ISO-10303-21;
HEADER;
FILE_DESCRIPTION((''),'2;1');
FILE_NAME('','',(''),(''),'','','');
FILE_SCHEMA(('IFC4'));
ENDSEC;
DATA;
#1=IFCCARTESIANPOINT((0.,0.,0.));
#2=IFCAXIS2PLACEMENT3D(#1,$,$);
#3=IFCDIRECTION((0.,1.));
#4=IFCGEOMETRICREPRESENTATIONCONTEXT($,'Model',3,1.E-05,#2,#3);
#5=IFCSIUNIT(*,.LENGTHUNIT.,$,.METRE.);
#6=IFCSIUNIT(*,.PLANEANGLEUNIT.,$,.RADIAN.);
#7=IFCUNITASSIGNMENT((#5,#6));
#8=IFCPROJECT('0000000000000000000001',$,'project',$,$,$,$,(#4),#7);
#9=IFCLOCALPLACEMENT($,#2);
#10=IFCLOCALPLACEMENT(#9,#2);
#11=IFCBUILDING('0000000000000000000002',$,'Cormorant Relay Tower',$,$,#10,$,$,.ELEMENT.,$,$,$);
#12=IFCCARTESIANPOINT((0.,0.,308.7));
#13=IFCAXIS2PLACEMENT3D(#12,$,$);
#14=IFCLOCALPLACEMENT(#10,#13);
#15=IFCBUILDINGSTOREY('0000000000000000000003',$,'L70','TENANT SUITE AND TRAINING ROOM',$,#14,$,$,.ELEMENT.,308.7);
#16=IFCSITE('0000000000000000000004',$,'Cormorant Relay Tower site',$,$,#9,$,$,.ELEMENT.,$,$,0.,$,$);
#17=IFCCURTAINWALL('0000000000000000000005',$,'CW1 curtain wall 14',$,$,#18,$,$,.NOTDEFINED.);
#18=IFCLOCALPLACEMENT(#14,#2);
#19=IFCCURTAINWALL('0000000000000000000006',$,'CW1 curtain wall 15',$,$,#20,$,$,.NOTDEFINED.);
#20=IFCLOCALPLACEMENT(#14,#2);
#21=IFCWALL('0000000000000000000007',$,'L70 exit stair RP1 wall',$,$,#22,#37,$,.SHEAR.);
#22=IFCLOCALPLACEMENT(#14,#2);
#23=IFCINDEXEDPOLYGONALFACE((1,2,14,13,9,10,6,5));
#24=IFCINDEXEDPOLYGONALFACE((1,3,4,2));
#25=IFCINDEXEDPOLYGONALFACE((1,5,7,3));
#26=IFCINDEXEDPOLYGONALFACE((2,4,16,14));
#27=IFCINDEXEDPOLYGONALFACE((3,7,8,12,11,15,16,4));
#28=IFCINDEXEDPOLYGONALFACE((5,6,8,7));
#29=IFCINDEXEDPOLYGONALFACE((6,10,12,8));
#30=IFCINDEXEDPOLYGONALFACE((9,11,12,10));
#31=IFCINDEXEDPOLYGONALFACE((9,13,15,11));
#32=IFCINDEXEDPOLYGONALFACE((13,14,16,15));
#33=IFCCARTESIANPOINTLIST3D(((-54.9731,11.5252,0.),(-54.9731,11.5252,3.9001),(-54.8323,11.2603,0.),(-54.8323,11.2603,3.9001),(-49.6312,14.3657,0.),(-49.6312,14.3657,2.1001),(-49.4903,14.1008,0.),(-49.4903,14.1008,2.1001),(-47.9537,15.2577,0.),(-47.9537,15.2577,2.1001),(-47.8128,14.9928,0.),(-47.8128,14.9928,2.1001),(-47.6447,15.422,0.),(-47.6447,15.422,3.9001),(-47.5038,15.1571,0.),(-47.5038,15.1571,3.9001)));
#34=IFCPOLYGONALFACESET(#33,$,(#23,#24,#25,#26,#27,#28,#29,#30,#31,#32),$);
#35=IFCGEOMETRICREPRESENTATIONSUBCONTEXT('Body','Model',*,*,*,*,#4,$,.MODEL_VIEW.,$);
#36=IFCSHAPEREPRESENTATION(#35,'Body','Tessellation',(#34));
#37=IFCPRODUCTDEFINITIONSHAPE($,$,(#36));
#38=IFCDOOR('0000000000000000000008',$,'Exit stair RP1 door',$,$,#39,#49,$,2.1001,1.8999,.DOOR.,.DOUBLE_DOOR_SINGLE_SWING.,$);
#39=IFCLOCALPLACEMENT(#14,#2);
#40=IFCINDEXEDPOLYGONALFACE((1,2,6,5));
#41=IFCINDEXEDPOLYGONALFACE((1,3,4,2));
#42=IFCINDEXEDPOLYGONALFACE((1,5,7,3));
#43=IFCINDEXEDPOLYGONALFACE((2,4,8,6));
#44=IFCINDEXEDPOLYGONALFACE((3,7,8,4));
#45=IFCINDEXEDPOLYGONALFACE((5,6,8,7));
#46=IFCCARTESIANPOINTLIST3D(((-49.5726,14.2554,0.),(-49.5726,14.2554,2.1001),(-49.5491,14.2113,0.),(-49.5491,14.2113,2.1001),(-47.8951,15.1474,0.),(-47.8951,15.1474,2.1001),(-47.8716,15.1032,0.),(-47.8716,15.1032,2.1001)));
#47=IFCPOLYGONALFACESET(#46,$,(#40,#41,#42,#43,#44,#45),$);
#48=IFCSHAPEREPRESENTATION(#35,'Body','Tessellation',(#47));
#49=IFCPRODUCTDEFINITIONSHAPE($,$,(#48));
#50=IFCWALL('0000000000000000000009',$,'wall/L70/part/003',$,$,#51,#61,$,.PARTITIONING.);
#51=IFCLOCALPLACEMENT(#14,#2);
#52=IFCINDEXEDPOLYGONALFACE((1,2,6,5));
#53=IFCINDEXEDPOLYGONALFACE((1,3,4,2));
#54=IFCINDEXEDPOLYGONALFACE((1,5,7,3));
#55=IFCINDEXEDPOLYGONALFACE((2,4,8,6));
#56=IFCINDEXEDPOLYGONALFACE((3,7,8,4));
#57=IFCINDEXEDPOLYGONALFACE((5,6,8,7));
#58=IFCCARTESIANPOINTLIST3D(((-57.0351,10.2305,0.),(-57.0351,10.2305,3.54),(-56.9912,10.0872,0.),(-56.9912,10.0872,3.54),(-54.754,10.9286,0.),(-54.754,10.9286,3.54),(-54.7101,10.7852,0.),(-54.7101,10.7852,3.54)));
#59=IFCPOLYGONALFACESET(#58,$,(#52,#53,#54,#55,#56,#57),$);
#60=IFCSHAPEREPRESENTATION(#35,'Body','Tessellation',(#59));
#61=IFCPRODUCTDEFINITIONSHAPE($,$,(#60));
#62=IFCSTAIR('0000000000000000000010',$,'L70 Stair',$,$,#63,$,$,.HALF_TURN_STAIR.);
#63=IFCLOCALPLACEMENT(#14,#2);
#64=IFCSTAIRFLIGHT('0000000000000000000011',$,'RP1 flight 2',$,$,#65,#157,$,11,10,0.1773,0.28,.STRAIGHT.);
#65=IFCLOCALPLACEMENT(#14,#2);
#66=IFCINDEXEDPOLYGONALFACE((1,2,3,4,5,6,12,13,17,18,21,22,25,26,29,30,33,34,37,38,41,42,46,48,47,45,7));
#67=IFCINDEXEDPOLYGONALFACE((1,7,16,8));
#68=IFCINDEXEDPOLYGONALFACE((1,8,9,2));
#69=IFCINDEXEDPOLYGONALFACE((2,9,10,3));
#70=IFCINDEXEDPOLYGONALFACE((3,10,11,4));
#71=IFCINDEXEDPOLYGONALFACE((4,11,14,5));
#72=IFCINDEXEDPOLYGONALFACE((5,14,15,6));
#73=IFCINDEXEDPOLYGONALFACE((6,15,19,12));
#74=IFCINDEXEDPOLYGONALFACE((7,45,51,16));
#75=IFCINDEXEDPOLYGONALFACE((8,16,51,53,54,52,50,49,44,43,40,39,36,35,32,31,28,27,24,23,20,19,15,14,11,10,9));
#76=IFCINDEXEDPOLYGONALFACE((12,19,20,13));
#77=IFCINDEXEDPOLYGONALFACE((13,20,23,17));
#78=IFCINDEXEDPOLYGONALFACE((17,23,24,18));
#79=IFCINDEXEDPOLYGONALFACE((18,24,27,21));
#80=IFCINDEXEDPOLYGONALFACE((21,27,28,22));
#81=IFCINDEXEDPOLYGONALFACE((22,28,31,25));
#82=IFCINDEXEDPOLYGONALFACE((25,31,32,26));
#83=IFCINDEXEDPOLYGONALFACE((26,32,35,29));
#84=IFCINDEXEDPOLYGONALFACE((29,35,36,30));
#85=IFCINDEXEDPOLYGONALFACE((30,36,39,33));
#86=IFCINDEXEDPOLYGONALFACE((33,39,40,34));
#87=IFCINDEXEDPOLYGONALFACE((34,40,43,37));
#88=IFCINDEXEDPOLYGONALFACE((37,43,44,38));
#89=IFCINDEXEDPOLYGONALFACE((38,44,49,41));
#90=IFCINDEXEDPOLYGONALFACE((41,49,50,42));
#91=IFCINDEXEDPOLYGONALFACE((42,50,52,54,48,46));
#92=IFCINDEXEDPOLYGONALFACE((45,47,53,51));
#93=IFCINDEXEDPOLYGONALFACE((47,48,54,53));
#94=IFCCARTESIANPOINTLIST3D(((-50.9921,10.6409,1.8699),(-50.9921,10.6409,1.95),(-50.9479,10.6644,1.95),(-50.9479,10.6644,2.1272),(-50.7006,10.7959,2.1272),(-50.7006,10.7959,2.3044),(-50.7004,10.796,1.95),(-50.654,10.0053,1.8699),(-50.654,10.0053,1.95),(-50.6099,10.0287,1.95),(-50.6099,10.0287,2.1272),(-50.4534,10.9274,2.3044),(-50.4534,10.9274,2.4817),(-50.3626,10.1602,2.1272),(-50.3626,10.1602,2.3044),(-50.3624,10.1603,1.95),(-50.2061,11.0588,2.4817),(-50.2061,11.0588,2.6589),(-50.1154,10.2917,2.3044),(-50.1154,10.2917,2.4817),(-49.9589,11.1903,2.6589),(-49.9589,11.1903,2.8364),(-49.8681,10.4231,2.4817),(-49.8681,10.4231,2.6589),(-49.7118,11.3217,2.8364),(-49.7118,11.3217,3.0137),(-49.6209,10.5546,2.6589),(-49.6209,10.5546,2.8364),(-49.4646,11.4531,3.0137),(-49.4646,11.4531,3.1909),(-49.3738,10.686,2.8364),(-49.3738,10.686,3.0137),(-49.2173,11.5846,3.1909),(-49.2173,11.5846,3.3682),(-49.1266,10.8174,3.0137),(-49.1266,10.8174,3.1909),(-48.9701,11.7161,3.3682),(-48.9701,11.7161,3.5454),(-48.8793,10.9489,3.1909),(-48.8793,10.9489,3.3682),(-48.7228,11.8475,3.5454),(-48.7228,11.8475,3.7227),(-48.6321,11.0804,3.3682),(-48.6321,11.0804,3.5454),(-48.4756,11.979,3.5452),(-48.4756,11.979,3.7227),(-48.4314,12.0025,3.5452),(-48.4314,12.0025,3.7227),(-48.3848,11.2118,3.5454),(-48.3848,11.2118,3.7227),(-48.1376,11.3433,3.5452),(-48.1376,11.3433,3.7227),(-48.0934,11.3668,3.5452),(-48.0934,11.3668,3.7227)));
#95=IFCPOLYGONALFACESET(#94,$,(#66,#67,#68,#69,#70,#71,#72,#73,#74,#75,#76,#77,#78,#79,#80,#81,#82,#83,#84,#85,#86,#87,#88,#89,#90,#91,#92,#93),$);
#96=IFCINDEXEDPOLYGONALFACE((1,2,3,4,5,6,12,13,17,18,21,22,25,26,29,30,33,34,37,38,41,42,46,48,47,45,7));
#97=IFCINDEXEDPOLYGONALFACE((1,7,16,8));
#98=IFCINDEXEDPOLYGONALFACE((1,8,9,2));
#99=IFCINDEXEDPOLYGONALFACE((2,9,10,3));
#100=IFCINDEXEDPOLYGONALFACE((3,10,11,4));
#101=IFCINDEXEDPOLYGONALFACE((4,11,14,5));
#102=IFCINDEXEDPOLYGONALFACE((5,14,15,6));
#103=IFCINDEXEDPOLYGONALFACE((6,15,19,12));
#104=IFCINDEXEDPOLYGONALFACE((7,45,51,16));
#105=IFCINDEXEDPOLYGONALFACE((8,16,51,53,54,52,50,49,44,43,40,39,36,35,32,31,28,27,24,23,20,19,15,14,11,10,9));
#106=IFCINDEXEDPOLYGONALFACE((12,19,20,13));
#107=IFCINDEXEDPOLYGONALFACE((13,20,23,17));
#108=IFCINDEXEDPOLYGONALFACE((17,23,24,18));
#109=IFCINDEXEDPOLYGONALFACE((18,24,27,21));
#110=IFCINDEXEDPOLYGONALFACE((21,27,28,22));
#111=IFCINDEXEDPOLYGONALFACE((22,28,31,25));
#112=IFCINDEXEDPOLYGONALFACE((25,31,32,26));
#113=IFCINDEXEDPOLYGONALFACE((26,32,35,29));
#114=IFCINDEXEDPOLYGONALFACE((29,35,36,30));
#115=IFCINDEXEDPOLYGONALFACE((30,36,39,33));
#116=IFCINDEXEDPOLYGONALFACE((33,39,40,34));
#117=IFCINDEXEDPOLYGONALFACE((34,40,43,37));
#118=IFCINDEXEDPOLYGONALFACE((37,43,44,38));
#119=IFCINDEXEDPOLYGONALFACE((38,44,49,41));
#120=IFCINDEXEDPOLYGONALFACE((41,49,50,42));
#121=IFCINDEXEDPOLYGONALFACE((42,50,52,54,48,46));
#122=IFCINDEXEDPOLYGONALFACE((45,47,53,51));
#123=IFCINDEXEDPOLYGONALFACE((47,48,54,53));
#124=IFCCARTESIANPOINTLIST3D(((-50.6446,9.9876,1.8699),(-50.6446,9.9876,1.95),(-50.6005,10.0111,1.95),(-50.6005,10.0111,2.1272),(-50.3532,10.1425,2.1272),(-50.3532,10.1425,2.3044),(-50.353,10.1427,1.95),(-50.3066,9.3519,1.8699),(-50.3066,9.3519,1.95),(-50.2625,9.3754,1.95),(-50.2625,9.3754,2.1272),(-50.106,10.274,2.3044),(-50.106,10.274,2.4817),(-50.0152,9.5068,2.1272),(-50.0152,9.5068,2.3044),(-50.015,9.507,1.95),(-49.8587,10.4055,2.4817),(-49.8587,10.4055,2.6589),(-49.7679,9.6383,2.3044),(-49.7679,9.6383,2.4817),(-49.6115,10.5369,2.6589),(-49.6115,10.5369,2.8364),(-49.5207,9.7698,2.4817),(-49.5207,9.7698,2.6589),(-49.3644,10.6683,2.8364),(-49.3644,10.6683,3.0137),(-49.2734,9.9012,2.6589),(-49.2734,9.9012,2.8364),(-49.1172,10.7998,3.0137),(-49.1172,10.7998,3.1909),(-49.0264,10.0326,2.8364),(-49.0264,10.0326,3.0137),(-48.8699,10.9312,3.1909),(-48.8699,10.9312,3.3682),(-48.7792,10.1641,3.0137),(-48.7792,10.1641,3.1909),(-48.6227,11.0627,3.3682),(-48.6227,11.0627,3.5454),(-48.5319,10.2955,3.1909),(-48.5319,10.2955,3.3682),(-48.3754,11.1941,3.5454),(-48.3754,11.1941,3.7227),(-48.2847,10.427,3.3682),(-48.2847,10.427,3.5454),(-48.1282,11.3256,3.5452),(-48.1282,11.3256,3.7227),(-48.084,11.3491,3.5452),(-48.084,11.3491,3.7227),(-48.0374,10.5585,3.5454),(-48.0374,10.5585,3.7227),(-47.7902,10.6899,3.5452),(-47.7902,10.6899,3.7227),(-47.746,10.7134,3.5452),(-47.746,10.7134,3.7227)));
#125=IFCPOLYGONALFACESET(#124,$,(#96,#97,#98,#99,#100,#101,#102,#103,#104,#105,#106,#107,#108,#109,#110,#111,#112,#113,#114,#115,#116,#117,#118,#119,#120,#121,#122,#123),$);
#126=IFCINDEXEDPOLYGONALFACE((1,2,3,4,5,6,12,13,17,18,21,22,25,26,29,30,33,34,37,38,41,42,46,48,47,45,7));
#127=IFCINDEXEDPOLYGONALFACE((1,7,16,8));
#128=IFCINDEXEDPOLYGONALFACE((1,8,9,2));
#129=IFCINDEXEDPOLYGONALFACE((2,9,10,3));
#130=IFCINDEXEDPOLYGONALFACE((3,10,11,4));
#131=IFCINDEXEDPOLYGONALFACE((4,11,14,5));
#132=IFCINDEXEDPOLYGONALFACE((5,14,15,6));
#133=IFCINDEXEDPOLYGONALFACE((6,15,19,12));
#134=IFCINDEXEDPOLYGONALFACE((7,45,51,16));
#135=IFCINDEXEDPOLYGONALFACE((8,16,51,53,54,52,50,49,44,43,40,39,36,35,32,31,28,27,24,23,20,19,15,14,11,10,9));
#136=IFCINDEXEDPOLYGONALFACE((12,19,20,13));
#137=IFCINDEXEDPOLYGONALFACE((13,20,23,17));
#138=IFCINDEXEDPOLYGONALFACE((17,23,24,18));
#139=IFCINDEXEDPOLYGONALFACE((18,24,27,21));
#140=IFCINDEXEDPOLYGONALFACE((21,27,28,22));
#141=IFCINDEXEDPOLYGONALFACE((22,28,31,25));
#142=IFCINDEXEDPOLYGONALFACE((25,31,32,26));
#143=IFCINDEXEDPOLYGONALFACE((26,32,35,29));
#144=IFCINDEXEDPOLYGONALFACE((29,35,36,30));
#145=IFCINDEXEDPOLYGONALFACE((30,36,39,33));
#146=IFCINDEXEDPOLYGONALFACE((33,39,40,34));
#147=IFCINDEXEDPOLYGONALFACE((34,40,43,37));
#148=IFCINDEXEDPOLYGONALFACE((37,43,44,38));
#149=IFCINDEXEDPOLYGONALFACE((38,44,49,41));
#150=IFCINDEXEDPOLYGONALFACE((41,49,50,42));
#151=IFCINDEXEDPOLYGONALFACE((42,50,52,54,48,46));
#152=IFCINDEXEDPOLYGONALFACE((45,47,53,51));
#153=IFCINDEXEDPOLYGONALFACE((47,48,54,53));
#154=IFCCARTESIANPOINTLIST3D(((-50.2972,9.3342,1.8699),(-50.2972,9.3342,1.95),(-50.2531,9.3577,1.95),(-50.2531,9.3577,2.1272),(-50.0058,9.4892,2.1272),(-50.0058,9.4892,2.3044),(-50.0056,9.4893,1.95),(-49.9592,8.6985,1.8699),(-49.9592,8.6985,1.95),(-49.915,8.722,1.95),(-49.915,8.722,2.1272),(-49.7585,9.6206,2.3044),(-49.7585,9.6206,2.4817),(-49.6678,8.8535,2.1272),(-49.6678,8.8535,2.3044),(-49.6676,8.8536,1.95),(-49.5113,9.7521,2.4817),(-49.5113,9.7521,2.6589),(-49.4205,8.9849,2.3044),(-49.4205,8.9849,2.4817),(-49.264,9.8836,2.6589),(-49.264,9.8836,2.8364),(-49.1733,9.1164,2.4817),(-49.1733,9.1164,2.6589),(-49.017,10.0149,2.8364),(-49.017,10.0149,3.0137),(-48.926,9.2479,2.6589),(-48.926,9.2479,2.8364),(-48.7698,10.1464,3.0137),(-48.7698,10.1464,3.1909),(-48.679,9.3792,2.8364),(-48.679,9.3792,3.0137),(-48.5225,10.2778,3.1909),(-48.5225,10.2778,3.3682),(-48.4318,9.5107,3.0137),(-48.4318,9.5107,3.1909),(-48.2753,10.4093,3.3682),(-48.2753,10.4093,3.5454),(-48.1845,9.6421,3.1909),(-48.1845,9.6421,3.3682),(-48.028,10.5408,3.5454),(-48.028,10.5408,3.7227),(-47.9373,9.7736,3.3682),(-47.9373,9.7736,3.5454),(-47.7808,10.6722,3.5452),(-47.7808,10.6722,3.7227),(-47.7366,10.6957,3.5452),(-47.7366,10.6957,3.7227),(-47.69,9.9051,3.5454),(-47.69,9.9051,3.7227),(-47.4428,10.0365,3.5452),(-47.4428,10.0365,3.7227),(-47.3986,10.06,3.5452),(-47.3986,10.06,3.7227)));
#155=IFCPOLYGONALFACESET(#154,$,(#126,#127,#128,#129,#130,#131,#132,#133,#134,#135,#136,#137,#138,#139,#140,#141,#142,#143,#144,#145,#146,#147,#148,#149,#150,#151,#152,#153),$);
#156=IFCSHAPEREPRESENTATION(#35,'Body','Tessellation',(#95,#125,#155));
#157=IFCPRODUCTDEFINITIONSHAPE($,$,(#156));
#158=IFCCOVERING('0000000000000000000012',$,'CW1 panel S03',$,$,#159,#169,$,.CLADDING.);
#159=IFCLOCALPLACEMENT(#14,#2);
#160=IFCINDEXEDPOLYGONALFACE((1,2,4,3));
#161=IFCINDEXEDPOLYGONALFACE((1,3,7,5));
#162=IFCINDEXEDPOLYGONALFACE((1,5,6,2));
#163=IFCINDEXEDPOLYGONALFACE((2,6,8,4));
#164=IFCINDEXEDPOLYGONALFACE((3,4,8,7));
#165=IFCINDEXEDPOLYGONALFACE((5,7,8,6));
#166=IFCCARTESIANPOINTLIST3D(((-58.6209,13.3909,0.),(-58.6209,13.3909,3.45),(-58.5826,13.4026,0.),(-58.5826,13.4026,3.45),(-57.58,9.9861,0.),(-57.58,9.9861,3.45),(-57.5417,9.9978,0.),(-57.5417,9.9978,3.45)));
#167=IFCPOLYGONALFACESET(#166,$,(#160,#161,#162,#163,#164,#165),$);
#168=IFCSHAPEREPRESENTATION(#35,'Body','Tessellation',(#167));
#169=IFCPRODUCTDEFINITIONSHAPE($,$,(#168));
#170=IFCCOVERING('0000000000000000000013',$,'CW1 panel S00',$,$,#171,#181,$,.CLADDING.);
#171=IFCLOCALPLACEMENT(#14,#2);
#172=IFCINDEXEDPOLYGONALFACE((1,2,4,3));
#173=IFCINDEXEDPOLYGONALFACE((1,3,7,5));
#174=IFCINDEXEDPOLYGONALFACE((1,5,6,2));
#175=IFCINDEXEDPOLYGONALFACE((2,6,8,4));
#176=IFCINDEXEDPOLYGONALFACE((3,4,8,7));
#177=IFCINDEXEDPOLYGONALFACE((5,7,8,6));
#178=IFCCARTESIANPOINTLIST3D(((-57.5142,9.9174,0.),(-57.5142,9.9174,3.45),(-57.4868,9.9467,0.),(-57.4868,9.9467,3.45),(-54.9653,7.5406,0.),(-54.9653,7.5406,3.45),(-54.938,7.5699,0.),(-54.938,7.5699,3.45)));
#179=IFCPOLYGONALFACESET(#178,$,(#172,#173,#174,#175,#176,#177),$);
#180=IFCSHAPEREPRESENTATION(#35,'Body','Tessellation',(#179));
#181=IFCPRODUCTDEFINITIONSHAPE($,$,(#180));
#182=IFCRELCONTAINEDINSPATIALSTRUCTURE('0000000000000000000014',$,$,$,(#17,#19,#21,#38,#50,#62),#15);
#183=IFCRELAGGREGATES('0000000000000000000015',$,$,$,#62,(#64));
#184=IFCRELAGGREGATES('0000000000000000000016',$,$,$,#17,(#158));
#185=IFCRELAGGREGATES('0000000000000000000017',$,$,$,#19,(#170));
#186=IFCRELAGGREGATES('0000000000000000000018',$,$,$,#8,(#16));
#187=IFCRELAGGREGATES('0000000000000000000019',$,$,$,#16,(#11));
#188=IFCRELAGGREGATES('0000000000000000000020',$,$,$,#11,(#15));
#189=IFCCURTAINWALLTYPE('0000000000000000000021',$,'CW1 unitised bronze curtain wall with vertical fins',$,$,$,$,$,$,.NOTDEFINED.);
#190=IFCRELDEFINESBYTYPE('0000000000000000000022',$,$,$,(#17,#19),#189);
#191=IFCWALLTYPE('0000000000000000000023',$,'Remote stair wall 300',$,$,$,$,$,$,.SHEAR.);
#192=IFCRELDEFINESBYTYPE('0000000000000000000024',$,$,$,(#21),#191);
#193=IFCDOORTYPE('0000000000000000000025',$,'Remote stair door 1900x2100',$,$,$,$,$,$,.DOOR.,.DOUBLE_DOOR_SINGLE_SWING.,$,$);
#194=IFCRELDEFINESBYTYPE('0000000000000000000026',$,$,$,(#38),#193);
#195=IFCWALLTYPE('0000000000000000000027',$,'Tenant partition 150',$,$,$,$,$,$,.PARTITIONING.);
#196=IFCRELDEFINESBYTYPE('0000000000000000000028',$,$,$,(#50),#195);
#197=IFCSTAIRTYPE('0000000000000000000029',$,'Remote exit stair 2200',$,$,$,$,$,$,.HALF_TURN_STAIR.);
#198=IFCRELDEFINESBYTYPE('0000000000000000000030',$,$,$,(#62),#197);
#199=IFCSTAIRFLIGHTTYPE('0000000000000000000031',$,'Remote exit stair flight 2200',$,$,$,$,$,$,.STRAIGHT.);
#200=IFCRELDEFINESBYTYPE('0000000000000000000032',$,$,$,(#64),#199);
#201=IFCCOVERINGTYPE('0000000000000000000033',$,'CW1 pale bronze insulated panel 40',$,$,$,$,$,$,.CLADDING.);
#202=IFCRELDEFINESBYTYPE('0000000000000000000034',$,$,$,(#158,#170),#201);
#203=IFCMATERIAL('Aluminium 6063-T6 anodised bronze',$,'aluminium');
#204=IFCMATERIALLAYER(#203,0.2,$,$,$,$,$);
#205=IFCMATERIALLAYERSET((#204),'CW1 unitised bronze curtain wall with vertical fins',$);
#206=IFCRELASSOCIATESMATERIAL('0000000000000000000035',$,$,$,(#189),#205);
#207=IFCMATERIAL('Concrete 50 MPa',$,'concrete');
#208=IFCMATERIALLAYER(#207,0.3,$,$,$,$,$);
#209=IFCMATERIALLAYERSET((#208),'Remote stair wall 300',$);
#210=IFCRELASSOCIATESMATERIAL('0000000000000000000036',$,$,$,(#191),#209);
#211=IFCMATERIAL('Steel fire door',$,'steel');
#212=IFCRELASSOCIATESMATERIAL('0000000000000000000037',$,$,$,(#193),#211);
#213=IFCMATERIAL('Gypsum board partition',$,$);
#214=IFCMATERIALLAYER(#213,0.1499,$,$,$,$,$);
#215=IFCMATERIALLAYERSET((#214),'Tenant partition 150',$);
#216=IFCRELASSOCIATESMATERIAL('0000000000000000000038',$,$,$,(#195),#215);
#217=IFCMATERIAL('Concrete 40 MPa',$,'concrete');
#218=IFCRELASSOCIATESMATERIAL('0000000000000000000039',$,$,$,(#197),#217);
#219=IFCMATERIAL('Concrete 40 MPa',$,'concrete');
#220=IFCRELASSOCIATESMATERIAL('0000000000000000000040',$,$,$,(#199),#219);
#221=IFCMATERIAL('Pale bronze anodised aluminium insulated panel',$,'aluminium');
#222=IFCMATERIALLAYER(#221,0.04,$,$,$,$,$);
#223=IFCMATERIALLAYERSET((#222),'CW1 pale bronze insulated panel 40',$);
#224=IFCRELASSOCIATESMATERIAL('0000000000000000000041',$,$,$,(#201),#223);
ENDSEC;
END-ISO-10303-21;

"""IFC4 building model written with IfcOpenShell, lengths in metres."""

from ifc_helpers import new_model, si_unit, direction, frame, frame_2d, origin, origin_2d, place, context, subcontext, project, spatial, polyline, rectangle, outline, extrude, material, layer, layer_set, type_object, element, fill, aggregate, save


model = new_model("IFC4")

# Units and contexts
model_context = context("Model", 3, precision=1e-05, world=origin(), true_north=direction((0.0, 1.0)))
body_context = subcontext(model_context, "Body", "Model", "MODEL_VIEW")
ifc_project = project(units=[si_unit("LENGTHUNIT", "METRE"), si_unit("PLANEANGLEUNIT", "RADIAN")], contexts=[model_context])

# Site, building, storey
site_placement = place(None, origin())
site = spatial("IfcSite", under=ifc_project, at=site_placement, Name="Cormorant Relay Tower site", CompositionType="ELEMENT", RefElevation=0.0)
building_placement = place(site_placement, origin())
building = spatial("IfcBuilding", under=site, at=building_placement, Name="Cormorant Relay Tower", CompositionType="ELEMENT")
storey_placement = place(building_placement, frame((0.0, 0.0, 308.7)))
storey = spatial("IfcBuildingStorey", under=building, at=storey_placement, Name="L70", Description="TENANT SUITE AND TRAINING ROOM", CompositionType="ELEMENT", Elevation=308.7)

# Curtain wall
ifc_material_1 = material(Name="Aluminium 6063-T6 anodised bronze", Category="aluminium")
ifc_layer_1 = layer(ifc_material_1, 0.2)
ifc_layer_set_1 = layer_set([ifc_layer_1], Name="CW1 unitised bronze curtain wall with vertical fins")
curtain_wall_type = type_object("IfcCurtainWallType", Name="CW1 unitised bronze curtain wall with vertical fins", PredefinedType="NOTDEFINED", material=ifc_layer_set_1)
curtain_wall_1_placement = place(storey_placement, origin())
curtain_wall_1 = element("IfcCurtainWall", 1, at=curtain_wall_1_placement, inside=storey, type_object=curtain_wall_type, Name="CW1 curtain wall 14", PredefinedType="NOTDEFINED")

# Curtain wall
curtain_wall_2_placement = place(storey_placement, origin())
curtain_wall_2 = element("IfcCurtainWall", 2, at=curtain_wall_2_placement, inside=storey, type_object=curtain_wall_type, Name="CW1 curtain wall 15", PredefinedType="NOTDEFINED")

# Shared definitions
ifc_material_2 = material(Name="Concrete 50 MPa", Category="concrete")
ifc_layer_2 = layer(ifc_material_2, 0.3)
ifc_layer_set_2 = layer_set([ifc_layer_2], Name="Remote stair wall 300")
wall_type_1 = type_object("IfcWallType", Name="Remote stair wall 300", PredefinedType="SHEAR", material=ifc_layer_set_2)

# Wall, opening, door
wall_1_placement = place(storey_placement, frame((-54.9026, 11.3928, 0.0), z_axis=(0.0, 0.0, 1.0), x_axis=(0.882939, 0.469487, 0.0)))
wall_1 = element("IfcWall", 3, at=wall_1_placement, inside=storey, type_object=wall_type_1, Name="L70 exit stair RP1 wall", PredefinedType="SHEAR", context=body_context, shape_type="SweptSolid", body=[
    extrude(rectangle(XDim=8.3, YDim=0.3, at=frame_2d((4.1499, 0.0))), origin(), (0.0, 0.0, 1.0), 3.9001),
])
opening_1_placement = place(wall_1_placement, frame((6.05, 0.0, 0.0)))
opening_1 = element("IfcOpeningElement", 4, at=opening_1_placement, cuts=wall_1, PredefinedType="OPENING", context=body_context, shape_type="SweptSolid", body=[
    extrude(rectangle(XDim=1.8999, YDim=2.1001, at=frame_2d((0.95, 1.05))), frame((0.0, 0.1599, 0.0), z_axis=(0.0, -1.0, 0.0), x_axis=(1.0, 0.0, 0.0)), (0.0, 0.0, 1.0), 0.3201),
])
ifc_material_3 = material(Name="Steel fire door", Category="steel")
door_type_1 = type_object("IfcDoorType", Name="Remote stair door 1900x2100", OperationType="DOUBLE_DOOR_SINGLE_SWING", PredefinedType="DOOR", material=ifc_material_3)
door_1_placement = place(opening_1_placement, frame((1.8999, 0.0, 0.0), z_axis=(0.0, 0.0, 1.0), x_axis=(-1.0, 0.0, 0.0)))
door_1 = element("IfcDoor", 5, at=door_1_placement, inside=storey, type_object=door_type_1, Name="Exit stair RP1 door", OperationType="DOUBLE_DOOR_SINGLE_SWING", OverallHeight=2.1001, OverallWidth=1.8999, PredefinedType="DOOR", context=body_context, shape_type="SweptSolid", body=[
    extrude(rectangle(XDim=1.8999, YDim=2.1001, at=frame_2d((0.95, 1.05))), frame((0.0, 0.0249, 0.0), z_axis=(0.0, -1.0, 0.0), x_axis=(1.0, 0.0, 0.0)), (0.0, 0.0, 1.0), 0.05),
])
fill(opening_1, door_1)

# Wall
ifc_material_4 = material(Name="Gypsum board partition")
ifc_layer_3 = layer(ifc_material_4, 0.1499)
ifc_layer_set_3 = layer_set([ifc_layer_3], Name="Tenant partition 150")
wall_type_2 = type_object("IfcWallType", Name="Tenant partition 150", PredefinedType="PARTITIONING", material=ifc_layer_set_3)
wall_2_placement = place(storey_placement, frame((-54.7319, 10.8569, 0.0), z_axis=(0.0, 0.0, 1.0), x_axis=(-0.956232, -0.292611, 0.0)))
element("IfcWall", 6, at=wall_2_placement, inside=storey, type_object=wall_type_2, Name="wall/L70/part/003", PredefinedType="PARTITIONING", context=body_context, shape_type="SweptSolid", body=[
    extrude(rectangle(XDim=2.3855, YDim=0.1499, at=frame_2d((1.1929, 0.0))), origin(), (0.0, 0.0, 1.0), 3.54),
])

# Stair, stair flight
ifc_material_5 = material(Name="Concrete 40 MPa", Category="concrete")
stair_type = type_object("IfcStairType", Name="Remote exit stair 2200", PredefinedType="HALF_TURN_STAIR", material=ifc_material_5)
stair_placement = place(storey_placement, origin())
stair = element("IfcStair", 7, at=stair_placement, inside=storey, type_object=stair_type, Name="L70 Stair", PredefinedType="HALF_TURN_STAIR")
ifc_material_6 = material(Name="Concrete 40 MPa", Category="concrete")
stair_flight_type = type_object("IfcStairFlightType", Name="Remote exit stair flight 2200", PredefinedType="STRAIGHT", material=ifc_material_6)
stair_flight_placement = place(storey_placement, frame((-50.4314, 9.6931, 1.95), z_axis=(0.0, 0.0, 1.0), x_axis=(0.882948, 0.469472, 0.0)))
stair_flight = element("IfcStairFlight", 8, at=stair_flight_placement, type_object=stair_flight_type, Name="RP1 flight 2", NumberOfRisers=11, NumberOfTreads=10, PredefinedType="STRAIGHT", RiserHeight=0.1773, TreadLength=0.28, context=body_context, shape_type="SweptSolid", body=[
    extrude(outline(polyline([(-0.05, -0.0801), (-0.05, 0.0), (0.0, 0.0), (0.0, 0.1772), (0.28, 0.1772), (0.28, 0.3545), (0.5601, 0.3545), (0.5601, 0.5317), (0.8401, 0.5317), (0.8401, 0.709), (1.1201, 0.709), (1.1201, 0.8865), (1.3999, 0.8865), (1.3999, 1.0637), (1.6799, 1.0637), (1.6799, 1.241), (1.96, 1.241), (1.96, 1.4182), (2.24, 1.4182), (2.24, 1.5955), (2.52, 1.5955), (2.52, 1.7727), (2.8, 1.7727), (2.8501, 1.7727), (2.8501, 1.5952), (2.8, 1.5952), (0.2803, 0.0), (-0.05, -0.0801)])), frame((0.0, 1.1001, 0.0), z_axis=(0.0, -1.0, 0.0), x_axis=(1.0, 0.0, 0.0)), (0.0, 0.0, 1.0), 0.72),
    extrude(outline(polyline([(-0.05, -0.0801), (-0.05, 0.0), (0.0, 0.0), (0.0, 0.1772), (0.28, 0.1772), (0.28, 0.3545), (0.5601, 0.3545), (0.5601, 0.5317), (0.8401, 0.5317), (0.8401, 0.709), (1.1201, 0.709), (1.1201, 0.8865), (1.3999, 0.8865), (1.3999, 1.0637), (1.6799, 1.0637), (1.6799, 1.241), (1.96, 1.241), (1.96, 1.4182), (2.24, 1.4182), (2.24, 1.5955), (2.52, 1.5955), (2.52, 1.7727), (2.8, 1.7727), (2.8501, 1.7727), (2.8501, 1.5952), (2.8, 1.5952), (0.2803, 0.0), (-0.05, -0.0801)])), frame((0.0, 0.3601, 0.0), z_axis=(0.0, -1.0, 0.0), x_axis=(1.0, 0.0, 0.0)), (0.0, 0.0, 1.0), 0.72),
    extrude(outline(polyline([(-0.05, -0.0801), (-0.05, 0.0), (0.0, 0.0), (0.0, 0.1772), (0.28, 0.1772), (0.28, 0.3545), (0.5601, 0.3545), (0.5601, 0.5317), (0.8401, 0.5317), (0.8401, 0.709), (1.1201, 0.709), (1.1201, 0.8865), (1.3999, 0.8865), (1.3999, 1.0637), (1.6799, 1.0637), (1.6799, 1.241), (1.96, 1.241), (1.96, 1.4182), (2.24, 1.4182), (2.24, 1.5955), (2.52, 1.5955), (2.52, 1.7727), (2.8, 1.7727), (2.8501, 1.7727), (2.8501, 1.5952), (2.8, 1.5952), (0.2803, 0.0), (-0.05, -0.0801)])), frame((0.0, -0.3799, 0.0), z_axis=(0.0, -1.0, 0.0), x_axis=(1.0, 0.0, 0.0)), (0.0, 0.0, 1.0), 0.72),
])
aggregate(stair, [stair_flight])

# Coverings
ifc_material_7 = material(Name="Pale bronze anodised aluminium insulated panel", Category="aluminium")
ifc_layer_4 = layer(ifc_material_7, 0.04)
ifc_layer_set_4 = layer_set([ifc_layer_4], Name="CW1 pale bronze insulated panel 40")
covering_type = type_object("IfcCoveringType", Name="CW1 pale bronze insulated panel 40", PredefinedType="CLADDING", material=ifc_layer_set_4)
covering_1_placement = place(storey_placement, frame((-58.0813, 11.6943, 0.0), z_axis=(0.0, 0.0, 1.0), x_axis=(0.292372, -0.956305, 0.0)))
covering_1 = element("IfcCovering", 9, at=covering_1_placement, type_object=covering_type, Name="CW1 panel S03", PredefinedType="CLADDING", context=body_context, shape_type="SweptSolid", body=[
    extrude(rectangle(XDim=3.5603, YDim=0.04, at=origin_2d()), origin(), (0.0, 0.0, 1.0), 3.45),
])
aggregate(curtain_wall_1, [covering_1])
covering_2_placement = place(storey_placement, frame((-56.2261, 8.7437, 0.0), z_axis=(0.0, 0.0, 1.0), x_axis=(0.731354, -0.681998, 0.0)))
covering_2 = element("IfcCovering", 10, at=covering_2_placement, type_object=covering_type, Name="CW1 panel S00", PredefinedType="CLADDING", context=body_context, shape_type="SweptSolid", body=[
    extrude(rectangle(XDim=3.4851, YDim=0.04, at=origin_2d()), origin(), (0.0, 0.0, 1.0), 3.45),
])
aggregate(curtain_wall_2, [covering_2])

save(model, "model.ifc")
